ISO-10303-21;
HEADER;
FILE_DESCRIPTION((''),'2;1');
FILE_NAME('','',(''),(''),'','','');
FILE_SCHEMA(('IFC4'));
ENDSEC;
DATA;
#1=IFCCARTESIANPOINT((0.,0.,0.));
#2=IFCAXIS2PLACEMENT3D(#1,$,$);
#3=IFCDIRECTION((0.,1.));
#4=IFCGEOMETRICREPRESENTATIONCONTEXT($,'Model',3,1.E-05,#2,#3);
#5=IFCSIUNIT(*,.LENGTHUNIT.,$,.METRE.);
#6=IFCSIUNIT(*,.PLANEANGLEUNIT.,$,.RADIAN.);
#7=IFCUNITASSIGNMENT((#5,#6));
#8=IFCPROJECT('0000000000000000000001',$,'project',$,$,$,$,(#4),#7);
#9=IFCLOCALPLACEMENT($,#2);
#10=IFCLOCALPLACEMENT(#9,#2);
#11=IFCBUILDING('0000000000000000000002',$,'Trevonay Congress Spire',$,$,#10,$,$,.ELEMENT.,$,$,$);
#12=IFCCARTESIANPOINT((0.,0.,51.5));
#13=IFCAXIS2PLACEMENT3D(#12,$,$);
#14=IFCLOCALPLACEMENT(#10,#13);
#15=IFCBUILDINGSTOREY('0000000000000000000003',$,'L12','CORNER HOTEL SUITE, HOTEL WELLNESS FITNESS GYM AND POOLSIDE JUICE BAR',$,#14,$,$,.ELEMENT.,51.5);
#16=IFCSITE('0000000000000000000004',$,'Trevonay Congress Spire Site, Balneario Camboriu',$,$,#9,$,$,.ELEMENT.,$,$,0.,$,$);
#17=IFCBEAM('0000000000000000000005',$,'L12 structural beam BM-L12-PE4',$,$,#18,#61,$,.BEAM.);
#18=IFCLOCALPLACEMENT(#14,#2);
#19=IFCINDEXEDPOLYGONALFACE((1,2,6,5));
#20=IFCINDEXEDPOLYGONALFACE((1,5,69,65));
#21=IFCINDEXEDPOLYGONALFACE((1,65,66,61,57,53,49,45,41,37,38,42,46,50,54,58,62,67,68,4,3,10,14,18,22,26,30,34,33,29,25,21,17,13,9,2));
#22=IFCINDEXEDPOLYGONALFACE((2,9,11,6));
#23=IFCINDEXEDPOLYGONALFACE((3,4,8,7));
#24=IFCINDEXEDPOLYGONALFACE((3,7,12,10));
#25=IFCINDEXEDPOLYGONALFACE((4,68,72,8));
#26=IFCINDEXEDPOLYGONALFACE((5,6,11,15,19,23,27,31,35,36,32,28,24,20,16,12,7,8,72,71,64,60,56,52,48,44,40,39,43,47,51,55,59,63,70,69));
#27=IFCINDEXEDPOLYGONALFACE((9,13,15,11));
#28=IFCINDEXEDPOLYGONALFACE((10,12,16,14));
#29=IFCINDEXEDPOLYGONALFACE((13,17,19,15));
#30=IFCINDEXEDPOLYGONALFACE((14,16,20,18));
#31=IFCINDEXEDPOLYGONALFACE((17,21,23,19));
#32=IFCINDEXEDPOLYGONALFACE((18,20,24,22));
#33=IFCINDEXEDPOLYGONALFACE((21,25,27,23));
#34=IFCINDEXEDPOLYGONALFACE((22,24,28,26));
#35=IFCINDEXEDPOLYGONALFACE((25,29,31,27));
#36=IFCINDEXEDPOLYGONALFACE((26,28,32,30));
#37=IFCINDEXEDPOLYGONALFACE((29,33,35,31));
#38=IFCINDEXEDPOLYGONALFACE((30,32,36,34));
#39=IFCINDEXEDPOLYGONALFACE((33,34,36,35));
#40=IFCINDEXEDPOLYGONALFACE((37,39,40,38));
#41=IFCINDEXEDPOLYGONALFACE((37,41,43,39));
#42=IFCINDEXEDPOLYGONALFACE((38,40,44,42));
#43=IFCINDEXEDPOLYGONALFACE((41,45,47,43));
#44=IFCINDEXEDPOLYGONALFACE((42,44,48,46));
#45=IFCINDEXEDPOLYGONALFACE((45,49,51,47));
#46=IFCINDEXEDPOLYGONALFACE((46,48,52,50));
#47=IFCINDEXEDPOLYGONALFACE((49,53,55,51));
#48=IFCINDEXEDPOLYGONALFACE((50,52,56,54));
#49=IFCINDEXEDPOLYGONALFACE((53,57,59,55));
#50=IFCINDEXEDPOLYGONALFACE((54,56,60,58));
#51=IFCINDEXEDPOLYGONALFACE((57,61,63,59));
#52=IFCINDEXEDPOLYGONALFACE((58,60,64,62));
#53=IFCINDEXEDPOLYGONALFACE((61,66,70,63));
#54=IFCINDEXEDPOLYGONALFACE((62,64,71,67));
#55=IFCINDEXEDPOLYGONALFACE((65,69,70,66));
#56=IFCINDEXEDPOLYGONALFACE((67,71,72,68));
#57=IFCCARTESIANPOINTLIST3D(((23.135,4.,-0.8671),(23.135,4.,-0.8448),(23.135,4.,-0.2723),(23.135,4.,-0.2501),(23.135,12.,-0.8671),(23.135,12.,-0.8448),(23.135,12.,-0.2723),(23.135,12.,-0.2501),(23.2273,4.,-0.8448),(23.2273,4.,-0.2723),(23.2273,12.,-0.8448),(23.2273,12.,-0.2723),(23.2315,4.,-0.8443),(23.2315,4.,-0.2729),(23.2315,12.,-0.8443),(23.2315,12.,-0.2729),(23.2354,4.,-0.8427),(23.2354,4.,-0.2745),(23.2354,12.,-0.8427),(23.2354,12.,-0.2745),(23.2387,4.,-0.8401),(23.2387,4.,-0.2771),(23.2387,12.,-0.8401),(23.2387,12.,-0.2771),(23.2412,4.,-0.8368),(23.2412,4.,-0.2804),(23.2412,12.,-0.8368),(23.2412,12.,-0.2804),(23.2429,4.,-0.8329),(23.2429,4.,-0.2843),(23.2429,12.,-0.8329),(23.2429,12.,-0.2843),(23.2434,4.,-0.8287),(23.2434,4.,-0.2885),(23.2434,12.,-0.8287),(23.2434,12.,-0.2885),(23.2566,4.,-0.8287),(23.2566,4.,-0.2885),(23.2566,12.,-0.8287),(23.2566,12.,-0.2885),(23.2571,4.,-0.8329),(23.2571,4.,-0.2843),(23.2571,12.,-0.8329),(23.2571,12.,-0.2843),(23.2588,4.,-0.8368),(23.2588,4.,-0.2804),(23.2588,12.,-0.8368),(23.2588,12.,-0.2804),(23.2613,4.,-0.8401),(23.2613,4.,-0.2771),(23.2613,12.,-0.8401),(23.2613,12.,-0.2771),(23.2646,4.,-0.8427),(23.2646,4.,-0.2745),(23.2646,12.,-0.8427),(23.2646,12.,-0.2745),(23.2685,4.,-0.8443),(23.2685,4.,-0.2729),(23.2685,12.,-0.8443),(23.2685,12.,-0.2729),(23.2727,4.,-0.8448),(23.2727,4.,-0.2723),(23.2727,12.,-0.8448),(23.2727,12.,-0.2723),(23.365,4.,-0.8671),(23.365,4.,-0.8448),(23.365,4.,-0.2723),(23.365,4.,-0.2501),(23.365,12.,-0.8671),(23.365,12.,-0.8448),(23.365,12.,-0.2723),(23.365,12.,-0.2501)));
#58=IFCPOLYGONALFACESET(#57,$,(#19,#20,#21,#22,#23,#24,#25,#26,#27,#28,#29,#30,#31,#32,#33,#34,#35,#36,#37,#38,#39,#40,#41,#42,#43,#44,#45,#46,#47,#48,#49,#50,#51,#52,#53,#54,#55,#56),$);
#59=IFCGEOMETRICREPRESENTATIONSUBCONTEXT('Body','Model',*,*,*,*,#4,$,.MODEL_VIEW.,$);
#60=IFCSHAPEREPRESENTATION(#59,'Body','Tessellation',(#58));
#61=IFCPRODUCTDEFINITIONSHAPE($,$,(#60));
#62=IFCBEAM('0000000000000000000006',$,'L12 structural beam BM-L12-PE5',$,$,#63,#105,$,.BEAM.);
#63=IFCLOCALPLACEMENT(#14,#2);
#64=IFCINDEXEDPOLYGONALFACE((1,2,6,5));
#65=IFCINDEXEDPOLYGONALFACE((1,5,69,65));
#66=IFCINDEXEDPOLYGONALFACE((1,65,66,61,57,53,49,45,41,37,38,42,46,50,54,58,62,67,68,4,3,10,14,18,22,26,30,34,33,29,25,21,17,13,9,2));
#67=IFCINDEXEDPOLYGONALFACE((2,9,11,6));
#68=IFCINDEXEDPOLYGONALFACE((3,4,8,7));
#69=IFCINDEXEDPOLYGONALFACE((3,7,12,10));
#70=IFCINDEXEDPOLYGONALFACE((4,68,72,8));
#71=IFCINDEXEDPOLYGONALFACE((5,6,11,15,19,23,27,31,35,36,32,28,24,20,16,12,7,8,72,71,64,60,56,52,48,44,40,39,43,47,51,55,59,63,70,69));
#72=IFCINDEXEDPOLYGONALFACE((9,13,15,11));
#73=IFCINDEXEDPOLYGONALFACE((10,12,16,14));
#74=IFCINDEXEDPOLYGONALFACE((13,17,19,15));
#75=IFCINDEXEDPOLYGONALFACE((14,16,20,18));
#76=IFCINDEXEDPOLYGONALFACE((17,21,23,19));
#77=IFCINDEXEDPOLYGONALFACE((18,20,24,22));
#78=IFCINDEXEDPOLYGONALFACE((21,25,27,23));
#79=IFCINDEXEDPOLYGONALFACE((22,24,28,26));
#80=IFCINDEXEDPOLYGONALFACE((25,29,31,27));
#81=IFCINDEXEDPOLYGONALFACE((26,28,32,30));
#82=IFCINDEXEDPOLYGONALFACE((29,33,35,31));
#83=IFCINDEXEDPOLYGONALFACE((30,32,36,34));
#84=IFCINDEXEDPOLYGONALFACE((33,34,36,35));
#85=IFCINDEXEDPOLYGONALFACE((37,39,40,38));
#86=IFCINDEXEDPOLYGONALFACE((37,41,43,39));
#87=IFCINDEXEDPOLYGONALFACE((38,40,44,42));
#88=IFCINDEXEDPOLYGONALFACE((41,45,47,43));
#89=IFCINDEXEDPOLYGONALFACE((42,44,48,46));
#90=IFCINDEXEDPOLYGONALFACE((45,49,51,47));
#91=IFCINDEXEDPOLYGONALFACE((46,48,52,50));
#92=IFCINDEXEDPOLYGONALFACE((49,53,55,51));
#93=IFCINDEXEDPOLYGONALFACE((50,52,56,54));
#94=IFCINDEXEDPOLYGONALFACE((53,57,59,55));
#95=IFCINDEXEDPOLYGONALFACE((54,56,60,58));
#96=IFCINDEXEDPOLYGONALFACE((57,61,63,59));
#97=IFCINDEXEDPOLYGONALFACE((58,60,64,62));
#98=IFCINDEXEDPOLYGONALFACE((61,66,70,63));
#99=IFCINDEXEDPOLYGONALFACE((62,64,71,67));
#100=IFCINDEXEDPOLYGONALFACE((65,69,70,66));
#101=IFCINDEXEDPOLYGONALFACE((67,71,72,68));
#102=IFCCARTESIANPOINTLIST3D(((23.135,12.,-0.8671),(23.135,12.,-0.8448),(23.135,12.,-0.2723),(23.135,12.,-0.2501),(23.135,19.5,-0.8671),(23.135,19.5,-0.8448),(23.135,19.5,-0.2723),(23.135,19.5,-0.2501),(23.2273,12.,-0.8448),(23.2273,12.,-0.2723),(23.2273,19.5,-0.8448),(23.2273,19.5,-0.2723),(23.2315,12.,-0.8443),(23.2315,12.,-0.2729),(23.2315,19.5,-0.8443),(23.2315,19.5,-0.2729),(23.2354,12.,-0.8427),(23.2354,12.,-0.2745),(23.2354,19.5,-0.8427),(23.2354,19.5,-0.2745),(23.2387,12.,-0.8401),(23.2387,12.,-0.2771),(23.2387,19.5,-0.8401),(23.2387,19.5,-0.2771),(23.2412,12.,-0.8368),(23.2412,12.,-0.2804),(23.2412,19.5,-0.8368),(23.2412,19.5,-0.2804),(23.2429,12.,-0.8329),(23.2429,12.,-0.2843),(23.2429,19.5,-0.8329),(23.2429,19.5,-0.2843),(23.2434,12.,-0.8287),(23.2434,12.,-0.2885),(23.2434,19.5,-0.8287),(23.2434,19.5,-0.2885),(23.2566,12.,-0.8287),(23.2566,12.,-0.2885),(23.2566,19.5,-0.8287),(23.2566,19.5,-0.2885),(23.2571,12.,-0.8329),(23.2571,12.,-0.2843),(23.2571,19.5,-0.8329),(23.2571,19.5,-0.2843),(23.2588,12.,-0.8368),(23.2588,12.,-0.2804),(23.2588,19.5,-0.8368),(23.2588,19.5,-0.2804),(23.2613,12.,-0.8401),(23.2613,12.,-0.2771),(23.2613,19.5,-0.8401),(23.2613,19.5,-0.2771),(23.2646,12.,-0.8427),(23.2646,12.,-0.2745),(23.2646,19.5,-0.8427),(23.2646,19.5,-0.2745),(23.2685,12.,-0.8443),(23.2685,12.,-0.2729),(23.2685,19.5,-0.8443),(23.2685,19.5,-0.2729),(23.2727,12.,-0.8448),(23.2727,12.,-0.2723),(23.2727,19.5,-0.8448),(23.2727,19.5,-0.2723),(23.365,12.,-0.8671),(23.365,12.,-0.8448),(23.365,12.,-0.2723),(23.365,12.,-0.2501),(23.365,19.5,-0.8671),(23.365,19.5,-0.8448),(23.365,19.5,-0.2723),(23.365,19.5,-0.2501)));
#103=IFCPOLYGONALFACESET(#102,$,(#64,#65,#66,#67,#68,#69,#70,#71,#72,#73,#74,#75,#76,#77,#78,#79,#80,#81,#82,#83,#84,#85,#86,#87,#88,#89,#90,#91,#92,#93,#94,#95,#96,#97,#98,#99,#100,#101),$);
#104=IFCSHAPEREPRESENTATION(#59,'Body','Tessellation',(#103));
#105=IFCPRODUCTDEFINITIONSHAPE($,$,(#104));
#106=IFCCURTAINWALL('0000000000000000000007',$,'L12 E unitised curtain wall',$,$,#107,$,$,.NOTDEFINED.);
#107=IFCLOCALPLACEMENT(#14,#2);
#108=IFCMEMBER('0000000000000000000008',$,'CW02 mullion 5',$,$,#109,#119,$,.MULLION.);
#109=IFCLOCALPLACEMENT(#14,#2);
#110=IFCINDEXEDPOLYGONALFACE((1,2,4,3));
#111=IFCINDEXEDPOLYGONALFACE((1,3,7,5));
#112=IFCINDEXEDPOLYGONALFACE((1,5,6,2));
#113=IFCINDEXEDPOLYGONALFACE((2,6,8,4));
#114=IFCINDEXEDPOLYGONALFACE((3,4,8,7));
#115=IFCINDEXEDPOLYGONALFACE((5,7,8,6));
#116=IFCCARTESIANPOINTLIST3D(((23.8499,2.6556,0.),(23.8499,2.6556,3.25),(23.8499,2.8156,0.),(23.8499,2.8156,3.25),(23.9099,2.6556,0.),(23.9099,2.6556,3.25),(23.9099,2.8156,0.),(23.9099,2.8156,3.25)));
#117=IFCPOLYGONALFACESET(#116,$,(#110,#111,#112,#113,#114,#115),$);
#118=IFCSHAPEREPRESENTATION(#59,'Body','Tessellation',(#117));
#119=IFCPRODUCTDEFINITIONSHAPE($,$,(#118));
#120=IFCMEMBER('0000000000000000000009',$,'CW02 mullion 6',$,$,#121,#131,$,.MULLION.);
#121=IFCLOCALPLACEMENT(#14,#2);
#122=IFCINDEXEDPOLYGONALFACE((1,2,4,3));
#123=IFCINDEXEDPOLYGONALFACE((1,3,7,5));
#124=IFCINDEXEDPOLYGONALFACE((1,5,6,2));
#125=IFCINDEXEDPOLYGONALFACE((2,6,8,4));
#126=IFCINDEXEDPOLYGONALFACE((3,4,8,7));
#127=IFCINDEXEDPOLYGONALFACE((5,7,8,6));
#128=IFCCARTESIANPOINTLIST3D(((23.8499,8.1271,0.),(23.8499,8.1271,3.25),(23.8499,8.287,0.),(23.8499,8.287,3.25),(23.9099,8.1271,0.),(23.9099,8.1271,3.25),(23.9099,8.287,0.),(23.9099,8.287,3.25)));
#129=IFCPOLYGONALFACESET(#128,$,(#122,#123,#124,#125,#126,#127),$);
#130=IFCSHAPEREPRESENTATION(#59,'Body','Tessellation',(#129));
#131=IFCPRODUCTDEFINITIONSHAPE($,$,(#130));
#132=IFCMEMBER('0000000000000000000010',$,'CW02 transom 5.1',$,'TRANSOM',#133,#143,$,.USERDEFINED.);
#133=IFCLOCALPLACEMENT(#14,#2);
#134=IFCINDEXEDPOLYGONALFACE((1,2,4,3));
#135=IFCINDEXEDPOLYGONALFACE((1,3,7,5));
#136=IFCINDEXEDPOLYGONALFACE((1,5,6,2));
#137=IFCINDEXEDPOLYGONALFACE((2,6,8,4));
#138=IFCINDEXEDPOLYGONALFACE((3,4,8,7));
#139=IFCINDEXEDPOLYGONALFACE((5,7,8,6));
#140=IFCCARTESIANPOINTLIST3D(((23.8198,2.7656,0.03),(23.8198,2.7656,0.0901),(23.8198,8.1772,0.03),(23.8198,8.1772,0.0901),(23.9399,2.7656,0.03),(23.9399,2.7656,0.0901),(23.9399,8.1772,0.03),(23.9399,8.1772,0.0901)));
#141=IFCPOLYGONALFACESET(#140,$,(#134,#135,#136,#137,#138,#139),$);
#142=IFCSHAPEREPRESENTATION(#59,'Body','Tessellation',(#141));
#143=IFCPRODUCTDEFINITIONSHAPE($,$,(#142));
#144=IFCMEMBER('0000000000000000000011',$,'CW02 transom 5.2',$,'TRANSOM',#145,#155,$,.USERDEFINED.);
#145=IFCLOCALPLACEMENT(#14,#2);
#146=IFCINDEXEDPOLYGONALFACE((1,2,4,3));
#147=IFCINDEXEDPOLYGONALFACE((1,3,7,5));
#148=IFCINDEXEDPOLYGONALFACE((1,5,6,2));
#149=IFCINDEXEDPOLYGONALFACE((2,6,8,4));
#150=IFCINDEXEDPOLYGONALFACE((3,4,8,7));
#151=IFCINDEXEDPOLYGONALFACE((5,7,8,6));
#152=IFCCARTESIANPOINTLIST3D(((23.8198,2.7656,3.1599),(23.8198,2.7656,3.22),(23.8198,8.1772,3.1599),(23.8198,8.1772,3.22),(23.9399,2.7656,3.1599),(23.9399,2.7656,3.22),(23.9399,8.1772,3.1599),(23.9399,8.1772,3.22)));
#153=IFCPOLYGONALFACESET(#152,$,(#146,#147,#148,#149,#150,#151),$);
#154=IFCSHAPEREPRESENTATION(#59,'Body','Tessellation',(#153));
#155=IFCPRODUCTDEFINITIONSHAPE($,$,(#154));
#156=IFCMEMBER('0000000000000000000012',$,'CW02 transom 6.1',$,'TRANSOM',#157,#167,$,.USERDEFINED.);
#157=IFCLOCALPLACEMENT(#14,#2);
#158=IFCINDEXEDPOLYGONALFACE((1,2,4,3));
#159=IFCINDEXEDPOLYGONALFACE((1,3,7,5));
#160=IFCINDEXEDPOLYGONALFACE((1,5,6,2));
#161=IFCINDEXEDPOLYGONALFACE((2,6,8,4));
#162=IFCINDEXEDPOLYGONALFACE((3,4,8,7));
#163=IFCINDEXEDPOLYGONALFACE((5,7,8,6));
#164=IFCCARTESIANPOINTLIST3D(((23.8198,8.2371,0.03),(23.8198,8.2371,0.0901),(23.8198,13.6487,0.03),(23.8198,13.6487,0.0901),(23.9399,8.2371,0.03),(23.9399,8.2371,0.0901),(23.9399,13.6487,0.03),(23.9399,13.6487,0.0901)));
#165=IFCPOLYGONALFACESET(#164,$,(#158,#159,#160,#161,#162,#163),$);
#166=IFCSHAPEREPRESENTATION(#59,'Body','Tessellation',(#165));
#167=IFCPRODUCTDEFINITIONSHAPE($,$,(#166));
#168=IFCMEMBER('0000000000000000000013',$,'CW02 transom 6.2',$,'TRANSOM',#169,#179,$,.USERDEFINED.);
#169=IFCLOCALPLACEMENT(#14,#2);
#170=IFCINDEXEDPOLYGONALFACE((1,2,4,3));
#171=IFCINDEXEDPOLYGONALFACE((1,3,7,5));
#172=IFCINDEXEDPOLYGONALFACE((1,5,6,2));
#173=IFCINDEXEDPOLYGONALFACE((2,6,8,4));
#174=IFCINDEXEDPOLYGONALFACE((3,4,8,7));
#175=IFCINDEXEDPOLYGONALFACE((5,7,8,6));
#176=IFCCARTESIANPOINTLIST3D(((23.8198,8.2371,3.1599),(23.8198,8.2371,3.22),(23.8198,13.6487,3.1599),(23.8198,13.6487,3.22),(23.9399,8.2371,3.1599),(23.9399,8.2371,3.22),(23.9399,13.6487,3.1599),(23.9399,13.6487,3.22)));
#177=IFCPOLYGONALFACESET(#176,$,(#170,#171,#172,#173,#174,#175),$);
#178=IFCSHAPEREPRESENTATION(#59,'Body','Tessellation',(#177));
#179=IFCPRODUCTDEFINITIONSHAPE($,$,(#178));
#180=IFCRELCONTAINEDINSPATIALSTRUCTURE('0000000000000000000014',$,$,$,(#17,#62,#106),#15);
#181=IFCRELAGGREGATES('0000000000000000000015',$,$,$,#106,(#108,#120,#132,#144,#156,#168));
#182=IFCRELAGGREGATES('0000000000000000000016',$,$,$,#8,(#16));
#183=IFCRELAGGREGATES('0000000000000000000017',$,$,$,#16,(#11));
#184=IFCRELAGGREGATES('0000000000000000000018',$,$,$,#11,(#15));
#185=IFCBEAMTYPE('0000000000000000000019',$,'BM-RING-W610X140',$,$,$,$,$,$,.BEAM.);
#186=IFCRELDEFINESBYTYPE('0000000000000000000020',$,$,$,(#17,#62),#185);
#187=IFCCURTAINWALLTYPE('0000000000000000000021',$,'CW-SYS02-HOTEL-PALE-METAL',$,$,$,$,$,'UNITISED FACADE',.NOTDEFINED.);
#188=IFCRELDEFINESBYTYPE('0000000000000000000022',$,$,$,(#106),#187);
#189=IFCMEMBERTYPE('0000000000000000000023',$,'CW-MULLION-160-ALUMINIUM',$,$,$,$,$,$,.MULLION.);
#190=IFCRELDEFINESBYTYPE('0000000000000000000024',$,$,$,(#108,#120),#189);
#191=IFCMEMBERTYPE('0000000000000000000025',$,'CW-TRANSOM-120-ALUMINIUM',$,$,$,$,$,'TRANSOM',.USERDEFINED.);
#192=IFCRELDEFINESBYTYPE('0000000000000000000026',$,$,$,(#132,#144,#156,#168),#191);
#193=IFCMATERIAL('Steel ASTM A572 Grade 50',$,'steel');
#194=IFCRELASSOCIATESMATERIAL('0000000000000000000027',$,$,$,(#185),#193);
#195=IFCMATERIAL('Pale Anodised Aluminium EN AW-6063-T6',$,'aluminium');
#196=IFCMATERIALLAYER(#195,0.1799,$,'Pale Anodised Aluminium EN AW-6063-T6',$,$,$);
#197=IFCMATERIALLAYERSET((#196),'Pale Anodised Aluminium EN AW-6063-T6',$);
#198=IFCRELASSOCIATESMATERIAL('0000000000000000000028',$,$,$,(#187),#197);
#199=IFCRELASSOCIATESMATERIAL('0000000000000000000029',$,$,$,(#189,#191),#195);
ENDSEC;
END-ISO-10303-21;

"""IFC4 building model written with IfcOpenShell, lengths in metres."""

from ifc_helpers import new_model, si_unit, direction, frame, origin, origin_2d, place, context, subcontext, project, spatial, rectangle, i_section, extrude, material, layer, layer_set, material_profile, profile_set, type_object, element, aggregate, save


model = new_model("IFC4")

# Units and contexts
model_context = context("Model", 3, precision=1e-05, world=origin(), true_north=direction((0.0, 1.0)))
body_context = subcontext(model_context, "Body", "Model", "MODEL_VIEW")
ifc_project = project(units=[si_unit("LENGTHUNIT", "METRE"), si_unit("PLANEANGLEUNIT", "RADIAN")], contexts=[model_context])

# Site, building, storey
site_placement = place(None, origin())
site = spatial("IfcSite", under=ifc_project, at=site_placement, Name="Trevonay Congress Spire Site, Balneario Camboriu", CompositionType="ELEMENT", RefElevation=0.0)
building_placement = place(site_placement, origin())
building = spatial("IfcBuilding", under=site, at=building_placement, Name="Trevonay Congress Spire", CompositionType="ELEMENT")
storey_placement = place(building_placement, frame((0.0, 0.0, 51.5)))
storey = spatial("IfcBuildingStorey", under=building, at=storey_placement, Name="L12", Description="CORNER HOTEL SUITE, HOTEL WELLNESS FITNESS GYM AND POOLSIDE JUICE BAR", CompositionType="ELEMENT", Elevation=51.5)

# Shared definitions
ifc_material_1 = material(Name="Steel ASTM A572 Grade 50", Category="steel")

# Beams
ifc_material_profile_1 = material_profile(ifc_material_1, i_section(OverallWidth=0.23, OverallDepth=0.6169, WebThickness=0.0132, FlangeThickness=0.0222, FilletRadius=0.0161, at=origin_2d()), Name="W610x140")
ifc_profile_set_1 = profile_set([ifc_material_profile_1], Name="Steel ASTM A572 Grade 50")
beam_type_1 = type_object("IfcBeamType", Name="BM-RING-W610X140", PredefinedType="BEAM", material=ifc_profile_set_1)
beam_1_placement = place(storey_placement, frame((23.25, 4.0, -0.5586), z_axis=(0.0, 1.0, 0.0), x_axis=(-1.0, 0.0, 0.0)))
element("IfcBeam", 1, at=beam_1_placement, inside=storey, type_object=beam_type_1, Name="L12 structural beam BM-L12-PE4", PredefinedType="BEAM", context=body_context, shape_type="SweptSolid", body=[
    extrude(i_section(OverallWidth=0.23, OverallDepth=0.6169, WebThickness=0.0132, FlangeThickness=0.0222, FilletRadius=0.0161, at=origin_2d()), origin(), (0.0, 0.0, 1.0), 8.0),
])
beam_2_placement = place(storey_placement, frame((23.25, 12.0, -0.5586), z_axis=(0.0, 1.0, 0.0), x_axis=(-1.0, 0.0, 0.0)))
element("IfcBeam", 2, at=beam_2_placement, inside=storey, type_object=beam_type_1, Name="L12 structural beam BM-L12-PE5", PredefinedType="BEAM", context=body_context, shape_type="SweptSolid", body=[
    extrude(i_section(OverallWidth=0.23, OverallDepth=0.6169, WebThickness=0.0132, FlangeThickness=0.0222, FilletRadius=0.0161, at=origin_2d()), origin(), (0.0, 0.0, 1.0), 7.5),
])

# Curtain wall, members
ifc_material_2 = material(Name="Pale Anodised Aluminium EN AW-6063-T6", Category="aluminium")
ifc_layer_1 = layer(ifc_material_2, 0.1799, Name="Pale Anodised Aluminium EN AW-6063-T6")
ifc_layer_set_1 = layer_set([ifc_layer_1], Name="Pale Anodised Aluminium EN AW-6063-T6")
curtain_wall_type = type_object("IfcCurtainWallType", Name="CW-SYS02-HOTEL-PALE-METAL", ElementType="UNITISED FACADE", PredefinedType="NOTDEFINED", material=ifc_layer_set_1)
curtain_wall_placement = place(storey_placement, origin())
curtain_wall = element("IfcCurtainWall", 3, at=curtain_wall_placement, inside=storey, type_object=curtain_wall_type, Name="L12 E unitised curtain wall", PredefinedType="NOTDEFINED")
ifc_material_profile_2 = material_profile(ifc_material_2, rectangle(XDim=0.0601, YDim=0.1599, at=origin_2d()), Name="CW-MULLION-160-ALUMINIUM")
ifc_profile_set_2 = profile_set([ifc_material_profile_2], Name="Pale Anodised Aluminium EN AW-6063-T6")
member_type_1 = type_object("IfcMemberType", Name="CW-MULLION-160-ALUMINIUM", PredefinedType="MULLION", material=ifc_profile_set_2)
member_1_placement = place(storey_placement, frame((23.8799, 2.7356, 0.0), z_axis=(0.0, 0.0, 1.0), x_axis=(-1.0, 0.0, 0.0)))
member_1 = element("IfcMember", 4, at=member_1_placement, type_object=member_type_1, Name="CW02 mullion 5", PredefinedType="MULLION", context=body_context, shape_type="SweptSolid", body=[
    extrude(rectangle(XDim=0.0601, YDim=0.1599, at=origin_2d()), origin(), (0.0, 0.0, 1.0), 3.25),
])
member_2_placement = place(storey_placement, frame((23.8799, 8.207, 0.0), z_axis=(0.0, 0.0, 1.0), x_axis=(-1.0, 0.0, 0.0)))
member_2 = element("IfcMember", 5, at=member_2_placement, type_object=member_type_1, Name="CW02 mullion 6", PredefinedType="MULLION", context=body_context, shape_type="SweptSolid", body=[
    extrude(rectangle(XDim=0.0601, YDim=0.1599, at=origin_2d()), origin(), (0.0, 0.0, 1.0), 3.25),
])
ifc_material_profile_3 = material_profile(ifc_material_2, rectangle(XDim=0.1201, YDim=0.0601, at=origin_2d()), Name="CW-TRANSOM-120-ALUMINIUM")
ifc_profile_set_3 = profile_set([ifc_material_profile_3], Name="Pale Anodised Aluminium EN AW-6063-T6")
member_type_2 = type_object("IfcMemberType", Name="CW-TRANSOM-120-ALUMINIUM", ElementType="TRANSOM", PredefinedType="USERDEFINED", material=ifc_profile_set_3)
member_3_placement = place(storey_placement, frame((23.8799, 2.7656, 0.0601), z_axis=(0.0, 1.0, 0.0), x_axis=(-1.0, 0.0, 0.0)))
member_3 = element("IfcMember", 6, at=member_3_placement, type_object=member_type_2, Name="CW02 transom 5.1", ObjectType="TRANSOM", PredefinedType="USERDEFINED", context=body_context, shape_type="SweptSolid", body=[
    extrude(rectangle(XDim=0.1201, YDim=0.0601, at=origin_2d()), origin(), (0.0, 0.0, 1.0), 5.4116),
])
member_4_placement = place(storey_placement, frame((23.8799, 2.7656, 3.1899), z_axis=(0.0, 1.0, 0.0), x_axis=(-1.0, 0.0, 0.0)))
member_4 = element("IfcMember", 7, at=member_4_placement, type_object=member_type_2, Name="CW02 transom 5.2", ObjectType="TRANSOM", PredefinedType="USERDEFINED", context=body_context, shape_type="SweptSolid", body=[
    extrude(rectangle(XDim=0.1201, YDim=0.0601, at=origin_2d()), origin(), (0.0, 0.0, 1.0), 5.4116),
])
member_5_placement = place(storey_placement, frame((23.8799, 8.2371, 0.0601), z_axis=(0.0, 1.0, 0.0), x_axis=(-1.0, 0.0, 0.0)))
member_5 = element("IfcMember", 8, at=member_5_placement, type_object=member_type_2, Name="CW02 transom 6.1", ObjectType="TRANSOM", PredefinedType="USERDEFINED", context=body_context, shape_type="SweptSolid", body=[
    extrude(rectangle(XDim=0.1201, YDim=0.0601, at=origin_2d()), origin(), (0.0, 0.0, 1.0), 5.4116),
])
member_6_placement = place(storey_placement, frame((23.8799, 8.2371, 3.1899), z_axis=(0.0, 1.0, 0.0), x_axis=(-1.0, 0.0, 0.0)))
member_6 = element("IfcMember", 9, at=member_6_placement, type_object=member_type_2, Name="CW02 transom 6.2", ObjectType="TRANSOM", PredefinedType="USERDEFINED", context=body_context, shape_type="SweptSolid", body=[
    extrude(rectangle(XDim=0.1201, YDim=0.0601, at=origin_2d()), origin(), (0.0, 0.0, 1.0), 5.4116),
])

aggregate(curtain_wall, [member_1, member_2, member_3, member_4, member_5, member_6])

save(model, "model.ifc")
